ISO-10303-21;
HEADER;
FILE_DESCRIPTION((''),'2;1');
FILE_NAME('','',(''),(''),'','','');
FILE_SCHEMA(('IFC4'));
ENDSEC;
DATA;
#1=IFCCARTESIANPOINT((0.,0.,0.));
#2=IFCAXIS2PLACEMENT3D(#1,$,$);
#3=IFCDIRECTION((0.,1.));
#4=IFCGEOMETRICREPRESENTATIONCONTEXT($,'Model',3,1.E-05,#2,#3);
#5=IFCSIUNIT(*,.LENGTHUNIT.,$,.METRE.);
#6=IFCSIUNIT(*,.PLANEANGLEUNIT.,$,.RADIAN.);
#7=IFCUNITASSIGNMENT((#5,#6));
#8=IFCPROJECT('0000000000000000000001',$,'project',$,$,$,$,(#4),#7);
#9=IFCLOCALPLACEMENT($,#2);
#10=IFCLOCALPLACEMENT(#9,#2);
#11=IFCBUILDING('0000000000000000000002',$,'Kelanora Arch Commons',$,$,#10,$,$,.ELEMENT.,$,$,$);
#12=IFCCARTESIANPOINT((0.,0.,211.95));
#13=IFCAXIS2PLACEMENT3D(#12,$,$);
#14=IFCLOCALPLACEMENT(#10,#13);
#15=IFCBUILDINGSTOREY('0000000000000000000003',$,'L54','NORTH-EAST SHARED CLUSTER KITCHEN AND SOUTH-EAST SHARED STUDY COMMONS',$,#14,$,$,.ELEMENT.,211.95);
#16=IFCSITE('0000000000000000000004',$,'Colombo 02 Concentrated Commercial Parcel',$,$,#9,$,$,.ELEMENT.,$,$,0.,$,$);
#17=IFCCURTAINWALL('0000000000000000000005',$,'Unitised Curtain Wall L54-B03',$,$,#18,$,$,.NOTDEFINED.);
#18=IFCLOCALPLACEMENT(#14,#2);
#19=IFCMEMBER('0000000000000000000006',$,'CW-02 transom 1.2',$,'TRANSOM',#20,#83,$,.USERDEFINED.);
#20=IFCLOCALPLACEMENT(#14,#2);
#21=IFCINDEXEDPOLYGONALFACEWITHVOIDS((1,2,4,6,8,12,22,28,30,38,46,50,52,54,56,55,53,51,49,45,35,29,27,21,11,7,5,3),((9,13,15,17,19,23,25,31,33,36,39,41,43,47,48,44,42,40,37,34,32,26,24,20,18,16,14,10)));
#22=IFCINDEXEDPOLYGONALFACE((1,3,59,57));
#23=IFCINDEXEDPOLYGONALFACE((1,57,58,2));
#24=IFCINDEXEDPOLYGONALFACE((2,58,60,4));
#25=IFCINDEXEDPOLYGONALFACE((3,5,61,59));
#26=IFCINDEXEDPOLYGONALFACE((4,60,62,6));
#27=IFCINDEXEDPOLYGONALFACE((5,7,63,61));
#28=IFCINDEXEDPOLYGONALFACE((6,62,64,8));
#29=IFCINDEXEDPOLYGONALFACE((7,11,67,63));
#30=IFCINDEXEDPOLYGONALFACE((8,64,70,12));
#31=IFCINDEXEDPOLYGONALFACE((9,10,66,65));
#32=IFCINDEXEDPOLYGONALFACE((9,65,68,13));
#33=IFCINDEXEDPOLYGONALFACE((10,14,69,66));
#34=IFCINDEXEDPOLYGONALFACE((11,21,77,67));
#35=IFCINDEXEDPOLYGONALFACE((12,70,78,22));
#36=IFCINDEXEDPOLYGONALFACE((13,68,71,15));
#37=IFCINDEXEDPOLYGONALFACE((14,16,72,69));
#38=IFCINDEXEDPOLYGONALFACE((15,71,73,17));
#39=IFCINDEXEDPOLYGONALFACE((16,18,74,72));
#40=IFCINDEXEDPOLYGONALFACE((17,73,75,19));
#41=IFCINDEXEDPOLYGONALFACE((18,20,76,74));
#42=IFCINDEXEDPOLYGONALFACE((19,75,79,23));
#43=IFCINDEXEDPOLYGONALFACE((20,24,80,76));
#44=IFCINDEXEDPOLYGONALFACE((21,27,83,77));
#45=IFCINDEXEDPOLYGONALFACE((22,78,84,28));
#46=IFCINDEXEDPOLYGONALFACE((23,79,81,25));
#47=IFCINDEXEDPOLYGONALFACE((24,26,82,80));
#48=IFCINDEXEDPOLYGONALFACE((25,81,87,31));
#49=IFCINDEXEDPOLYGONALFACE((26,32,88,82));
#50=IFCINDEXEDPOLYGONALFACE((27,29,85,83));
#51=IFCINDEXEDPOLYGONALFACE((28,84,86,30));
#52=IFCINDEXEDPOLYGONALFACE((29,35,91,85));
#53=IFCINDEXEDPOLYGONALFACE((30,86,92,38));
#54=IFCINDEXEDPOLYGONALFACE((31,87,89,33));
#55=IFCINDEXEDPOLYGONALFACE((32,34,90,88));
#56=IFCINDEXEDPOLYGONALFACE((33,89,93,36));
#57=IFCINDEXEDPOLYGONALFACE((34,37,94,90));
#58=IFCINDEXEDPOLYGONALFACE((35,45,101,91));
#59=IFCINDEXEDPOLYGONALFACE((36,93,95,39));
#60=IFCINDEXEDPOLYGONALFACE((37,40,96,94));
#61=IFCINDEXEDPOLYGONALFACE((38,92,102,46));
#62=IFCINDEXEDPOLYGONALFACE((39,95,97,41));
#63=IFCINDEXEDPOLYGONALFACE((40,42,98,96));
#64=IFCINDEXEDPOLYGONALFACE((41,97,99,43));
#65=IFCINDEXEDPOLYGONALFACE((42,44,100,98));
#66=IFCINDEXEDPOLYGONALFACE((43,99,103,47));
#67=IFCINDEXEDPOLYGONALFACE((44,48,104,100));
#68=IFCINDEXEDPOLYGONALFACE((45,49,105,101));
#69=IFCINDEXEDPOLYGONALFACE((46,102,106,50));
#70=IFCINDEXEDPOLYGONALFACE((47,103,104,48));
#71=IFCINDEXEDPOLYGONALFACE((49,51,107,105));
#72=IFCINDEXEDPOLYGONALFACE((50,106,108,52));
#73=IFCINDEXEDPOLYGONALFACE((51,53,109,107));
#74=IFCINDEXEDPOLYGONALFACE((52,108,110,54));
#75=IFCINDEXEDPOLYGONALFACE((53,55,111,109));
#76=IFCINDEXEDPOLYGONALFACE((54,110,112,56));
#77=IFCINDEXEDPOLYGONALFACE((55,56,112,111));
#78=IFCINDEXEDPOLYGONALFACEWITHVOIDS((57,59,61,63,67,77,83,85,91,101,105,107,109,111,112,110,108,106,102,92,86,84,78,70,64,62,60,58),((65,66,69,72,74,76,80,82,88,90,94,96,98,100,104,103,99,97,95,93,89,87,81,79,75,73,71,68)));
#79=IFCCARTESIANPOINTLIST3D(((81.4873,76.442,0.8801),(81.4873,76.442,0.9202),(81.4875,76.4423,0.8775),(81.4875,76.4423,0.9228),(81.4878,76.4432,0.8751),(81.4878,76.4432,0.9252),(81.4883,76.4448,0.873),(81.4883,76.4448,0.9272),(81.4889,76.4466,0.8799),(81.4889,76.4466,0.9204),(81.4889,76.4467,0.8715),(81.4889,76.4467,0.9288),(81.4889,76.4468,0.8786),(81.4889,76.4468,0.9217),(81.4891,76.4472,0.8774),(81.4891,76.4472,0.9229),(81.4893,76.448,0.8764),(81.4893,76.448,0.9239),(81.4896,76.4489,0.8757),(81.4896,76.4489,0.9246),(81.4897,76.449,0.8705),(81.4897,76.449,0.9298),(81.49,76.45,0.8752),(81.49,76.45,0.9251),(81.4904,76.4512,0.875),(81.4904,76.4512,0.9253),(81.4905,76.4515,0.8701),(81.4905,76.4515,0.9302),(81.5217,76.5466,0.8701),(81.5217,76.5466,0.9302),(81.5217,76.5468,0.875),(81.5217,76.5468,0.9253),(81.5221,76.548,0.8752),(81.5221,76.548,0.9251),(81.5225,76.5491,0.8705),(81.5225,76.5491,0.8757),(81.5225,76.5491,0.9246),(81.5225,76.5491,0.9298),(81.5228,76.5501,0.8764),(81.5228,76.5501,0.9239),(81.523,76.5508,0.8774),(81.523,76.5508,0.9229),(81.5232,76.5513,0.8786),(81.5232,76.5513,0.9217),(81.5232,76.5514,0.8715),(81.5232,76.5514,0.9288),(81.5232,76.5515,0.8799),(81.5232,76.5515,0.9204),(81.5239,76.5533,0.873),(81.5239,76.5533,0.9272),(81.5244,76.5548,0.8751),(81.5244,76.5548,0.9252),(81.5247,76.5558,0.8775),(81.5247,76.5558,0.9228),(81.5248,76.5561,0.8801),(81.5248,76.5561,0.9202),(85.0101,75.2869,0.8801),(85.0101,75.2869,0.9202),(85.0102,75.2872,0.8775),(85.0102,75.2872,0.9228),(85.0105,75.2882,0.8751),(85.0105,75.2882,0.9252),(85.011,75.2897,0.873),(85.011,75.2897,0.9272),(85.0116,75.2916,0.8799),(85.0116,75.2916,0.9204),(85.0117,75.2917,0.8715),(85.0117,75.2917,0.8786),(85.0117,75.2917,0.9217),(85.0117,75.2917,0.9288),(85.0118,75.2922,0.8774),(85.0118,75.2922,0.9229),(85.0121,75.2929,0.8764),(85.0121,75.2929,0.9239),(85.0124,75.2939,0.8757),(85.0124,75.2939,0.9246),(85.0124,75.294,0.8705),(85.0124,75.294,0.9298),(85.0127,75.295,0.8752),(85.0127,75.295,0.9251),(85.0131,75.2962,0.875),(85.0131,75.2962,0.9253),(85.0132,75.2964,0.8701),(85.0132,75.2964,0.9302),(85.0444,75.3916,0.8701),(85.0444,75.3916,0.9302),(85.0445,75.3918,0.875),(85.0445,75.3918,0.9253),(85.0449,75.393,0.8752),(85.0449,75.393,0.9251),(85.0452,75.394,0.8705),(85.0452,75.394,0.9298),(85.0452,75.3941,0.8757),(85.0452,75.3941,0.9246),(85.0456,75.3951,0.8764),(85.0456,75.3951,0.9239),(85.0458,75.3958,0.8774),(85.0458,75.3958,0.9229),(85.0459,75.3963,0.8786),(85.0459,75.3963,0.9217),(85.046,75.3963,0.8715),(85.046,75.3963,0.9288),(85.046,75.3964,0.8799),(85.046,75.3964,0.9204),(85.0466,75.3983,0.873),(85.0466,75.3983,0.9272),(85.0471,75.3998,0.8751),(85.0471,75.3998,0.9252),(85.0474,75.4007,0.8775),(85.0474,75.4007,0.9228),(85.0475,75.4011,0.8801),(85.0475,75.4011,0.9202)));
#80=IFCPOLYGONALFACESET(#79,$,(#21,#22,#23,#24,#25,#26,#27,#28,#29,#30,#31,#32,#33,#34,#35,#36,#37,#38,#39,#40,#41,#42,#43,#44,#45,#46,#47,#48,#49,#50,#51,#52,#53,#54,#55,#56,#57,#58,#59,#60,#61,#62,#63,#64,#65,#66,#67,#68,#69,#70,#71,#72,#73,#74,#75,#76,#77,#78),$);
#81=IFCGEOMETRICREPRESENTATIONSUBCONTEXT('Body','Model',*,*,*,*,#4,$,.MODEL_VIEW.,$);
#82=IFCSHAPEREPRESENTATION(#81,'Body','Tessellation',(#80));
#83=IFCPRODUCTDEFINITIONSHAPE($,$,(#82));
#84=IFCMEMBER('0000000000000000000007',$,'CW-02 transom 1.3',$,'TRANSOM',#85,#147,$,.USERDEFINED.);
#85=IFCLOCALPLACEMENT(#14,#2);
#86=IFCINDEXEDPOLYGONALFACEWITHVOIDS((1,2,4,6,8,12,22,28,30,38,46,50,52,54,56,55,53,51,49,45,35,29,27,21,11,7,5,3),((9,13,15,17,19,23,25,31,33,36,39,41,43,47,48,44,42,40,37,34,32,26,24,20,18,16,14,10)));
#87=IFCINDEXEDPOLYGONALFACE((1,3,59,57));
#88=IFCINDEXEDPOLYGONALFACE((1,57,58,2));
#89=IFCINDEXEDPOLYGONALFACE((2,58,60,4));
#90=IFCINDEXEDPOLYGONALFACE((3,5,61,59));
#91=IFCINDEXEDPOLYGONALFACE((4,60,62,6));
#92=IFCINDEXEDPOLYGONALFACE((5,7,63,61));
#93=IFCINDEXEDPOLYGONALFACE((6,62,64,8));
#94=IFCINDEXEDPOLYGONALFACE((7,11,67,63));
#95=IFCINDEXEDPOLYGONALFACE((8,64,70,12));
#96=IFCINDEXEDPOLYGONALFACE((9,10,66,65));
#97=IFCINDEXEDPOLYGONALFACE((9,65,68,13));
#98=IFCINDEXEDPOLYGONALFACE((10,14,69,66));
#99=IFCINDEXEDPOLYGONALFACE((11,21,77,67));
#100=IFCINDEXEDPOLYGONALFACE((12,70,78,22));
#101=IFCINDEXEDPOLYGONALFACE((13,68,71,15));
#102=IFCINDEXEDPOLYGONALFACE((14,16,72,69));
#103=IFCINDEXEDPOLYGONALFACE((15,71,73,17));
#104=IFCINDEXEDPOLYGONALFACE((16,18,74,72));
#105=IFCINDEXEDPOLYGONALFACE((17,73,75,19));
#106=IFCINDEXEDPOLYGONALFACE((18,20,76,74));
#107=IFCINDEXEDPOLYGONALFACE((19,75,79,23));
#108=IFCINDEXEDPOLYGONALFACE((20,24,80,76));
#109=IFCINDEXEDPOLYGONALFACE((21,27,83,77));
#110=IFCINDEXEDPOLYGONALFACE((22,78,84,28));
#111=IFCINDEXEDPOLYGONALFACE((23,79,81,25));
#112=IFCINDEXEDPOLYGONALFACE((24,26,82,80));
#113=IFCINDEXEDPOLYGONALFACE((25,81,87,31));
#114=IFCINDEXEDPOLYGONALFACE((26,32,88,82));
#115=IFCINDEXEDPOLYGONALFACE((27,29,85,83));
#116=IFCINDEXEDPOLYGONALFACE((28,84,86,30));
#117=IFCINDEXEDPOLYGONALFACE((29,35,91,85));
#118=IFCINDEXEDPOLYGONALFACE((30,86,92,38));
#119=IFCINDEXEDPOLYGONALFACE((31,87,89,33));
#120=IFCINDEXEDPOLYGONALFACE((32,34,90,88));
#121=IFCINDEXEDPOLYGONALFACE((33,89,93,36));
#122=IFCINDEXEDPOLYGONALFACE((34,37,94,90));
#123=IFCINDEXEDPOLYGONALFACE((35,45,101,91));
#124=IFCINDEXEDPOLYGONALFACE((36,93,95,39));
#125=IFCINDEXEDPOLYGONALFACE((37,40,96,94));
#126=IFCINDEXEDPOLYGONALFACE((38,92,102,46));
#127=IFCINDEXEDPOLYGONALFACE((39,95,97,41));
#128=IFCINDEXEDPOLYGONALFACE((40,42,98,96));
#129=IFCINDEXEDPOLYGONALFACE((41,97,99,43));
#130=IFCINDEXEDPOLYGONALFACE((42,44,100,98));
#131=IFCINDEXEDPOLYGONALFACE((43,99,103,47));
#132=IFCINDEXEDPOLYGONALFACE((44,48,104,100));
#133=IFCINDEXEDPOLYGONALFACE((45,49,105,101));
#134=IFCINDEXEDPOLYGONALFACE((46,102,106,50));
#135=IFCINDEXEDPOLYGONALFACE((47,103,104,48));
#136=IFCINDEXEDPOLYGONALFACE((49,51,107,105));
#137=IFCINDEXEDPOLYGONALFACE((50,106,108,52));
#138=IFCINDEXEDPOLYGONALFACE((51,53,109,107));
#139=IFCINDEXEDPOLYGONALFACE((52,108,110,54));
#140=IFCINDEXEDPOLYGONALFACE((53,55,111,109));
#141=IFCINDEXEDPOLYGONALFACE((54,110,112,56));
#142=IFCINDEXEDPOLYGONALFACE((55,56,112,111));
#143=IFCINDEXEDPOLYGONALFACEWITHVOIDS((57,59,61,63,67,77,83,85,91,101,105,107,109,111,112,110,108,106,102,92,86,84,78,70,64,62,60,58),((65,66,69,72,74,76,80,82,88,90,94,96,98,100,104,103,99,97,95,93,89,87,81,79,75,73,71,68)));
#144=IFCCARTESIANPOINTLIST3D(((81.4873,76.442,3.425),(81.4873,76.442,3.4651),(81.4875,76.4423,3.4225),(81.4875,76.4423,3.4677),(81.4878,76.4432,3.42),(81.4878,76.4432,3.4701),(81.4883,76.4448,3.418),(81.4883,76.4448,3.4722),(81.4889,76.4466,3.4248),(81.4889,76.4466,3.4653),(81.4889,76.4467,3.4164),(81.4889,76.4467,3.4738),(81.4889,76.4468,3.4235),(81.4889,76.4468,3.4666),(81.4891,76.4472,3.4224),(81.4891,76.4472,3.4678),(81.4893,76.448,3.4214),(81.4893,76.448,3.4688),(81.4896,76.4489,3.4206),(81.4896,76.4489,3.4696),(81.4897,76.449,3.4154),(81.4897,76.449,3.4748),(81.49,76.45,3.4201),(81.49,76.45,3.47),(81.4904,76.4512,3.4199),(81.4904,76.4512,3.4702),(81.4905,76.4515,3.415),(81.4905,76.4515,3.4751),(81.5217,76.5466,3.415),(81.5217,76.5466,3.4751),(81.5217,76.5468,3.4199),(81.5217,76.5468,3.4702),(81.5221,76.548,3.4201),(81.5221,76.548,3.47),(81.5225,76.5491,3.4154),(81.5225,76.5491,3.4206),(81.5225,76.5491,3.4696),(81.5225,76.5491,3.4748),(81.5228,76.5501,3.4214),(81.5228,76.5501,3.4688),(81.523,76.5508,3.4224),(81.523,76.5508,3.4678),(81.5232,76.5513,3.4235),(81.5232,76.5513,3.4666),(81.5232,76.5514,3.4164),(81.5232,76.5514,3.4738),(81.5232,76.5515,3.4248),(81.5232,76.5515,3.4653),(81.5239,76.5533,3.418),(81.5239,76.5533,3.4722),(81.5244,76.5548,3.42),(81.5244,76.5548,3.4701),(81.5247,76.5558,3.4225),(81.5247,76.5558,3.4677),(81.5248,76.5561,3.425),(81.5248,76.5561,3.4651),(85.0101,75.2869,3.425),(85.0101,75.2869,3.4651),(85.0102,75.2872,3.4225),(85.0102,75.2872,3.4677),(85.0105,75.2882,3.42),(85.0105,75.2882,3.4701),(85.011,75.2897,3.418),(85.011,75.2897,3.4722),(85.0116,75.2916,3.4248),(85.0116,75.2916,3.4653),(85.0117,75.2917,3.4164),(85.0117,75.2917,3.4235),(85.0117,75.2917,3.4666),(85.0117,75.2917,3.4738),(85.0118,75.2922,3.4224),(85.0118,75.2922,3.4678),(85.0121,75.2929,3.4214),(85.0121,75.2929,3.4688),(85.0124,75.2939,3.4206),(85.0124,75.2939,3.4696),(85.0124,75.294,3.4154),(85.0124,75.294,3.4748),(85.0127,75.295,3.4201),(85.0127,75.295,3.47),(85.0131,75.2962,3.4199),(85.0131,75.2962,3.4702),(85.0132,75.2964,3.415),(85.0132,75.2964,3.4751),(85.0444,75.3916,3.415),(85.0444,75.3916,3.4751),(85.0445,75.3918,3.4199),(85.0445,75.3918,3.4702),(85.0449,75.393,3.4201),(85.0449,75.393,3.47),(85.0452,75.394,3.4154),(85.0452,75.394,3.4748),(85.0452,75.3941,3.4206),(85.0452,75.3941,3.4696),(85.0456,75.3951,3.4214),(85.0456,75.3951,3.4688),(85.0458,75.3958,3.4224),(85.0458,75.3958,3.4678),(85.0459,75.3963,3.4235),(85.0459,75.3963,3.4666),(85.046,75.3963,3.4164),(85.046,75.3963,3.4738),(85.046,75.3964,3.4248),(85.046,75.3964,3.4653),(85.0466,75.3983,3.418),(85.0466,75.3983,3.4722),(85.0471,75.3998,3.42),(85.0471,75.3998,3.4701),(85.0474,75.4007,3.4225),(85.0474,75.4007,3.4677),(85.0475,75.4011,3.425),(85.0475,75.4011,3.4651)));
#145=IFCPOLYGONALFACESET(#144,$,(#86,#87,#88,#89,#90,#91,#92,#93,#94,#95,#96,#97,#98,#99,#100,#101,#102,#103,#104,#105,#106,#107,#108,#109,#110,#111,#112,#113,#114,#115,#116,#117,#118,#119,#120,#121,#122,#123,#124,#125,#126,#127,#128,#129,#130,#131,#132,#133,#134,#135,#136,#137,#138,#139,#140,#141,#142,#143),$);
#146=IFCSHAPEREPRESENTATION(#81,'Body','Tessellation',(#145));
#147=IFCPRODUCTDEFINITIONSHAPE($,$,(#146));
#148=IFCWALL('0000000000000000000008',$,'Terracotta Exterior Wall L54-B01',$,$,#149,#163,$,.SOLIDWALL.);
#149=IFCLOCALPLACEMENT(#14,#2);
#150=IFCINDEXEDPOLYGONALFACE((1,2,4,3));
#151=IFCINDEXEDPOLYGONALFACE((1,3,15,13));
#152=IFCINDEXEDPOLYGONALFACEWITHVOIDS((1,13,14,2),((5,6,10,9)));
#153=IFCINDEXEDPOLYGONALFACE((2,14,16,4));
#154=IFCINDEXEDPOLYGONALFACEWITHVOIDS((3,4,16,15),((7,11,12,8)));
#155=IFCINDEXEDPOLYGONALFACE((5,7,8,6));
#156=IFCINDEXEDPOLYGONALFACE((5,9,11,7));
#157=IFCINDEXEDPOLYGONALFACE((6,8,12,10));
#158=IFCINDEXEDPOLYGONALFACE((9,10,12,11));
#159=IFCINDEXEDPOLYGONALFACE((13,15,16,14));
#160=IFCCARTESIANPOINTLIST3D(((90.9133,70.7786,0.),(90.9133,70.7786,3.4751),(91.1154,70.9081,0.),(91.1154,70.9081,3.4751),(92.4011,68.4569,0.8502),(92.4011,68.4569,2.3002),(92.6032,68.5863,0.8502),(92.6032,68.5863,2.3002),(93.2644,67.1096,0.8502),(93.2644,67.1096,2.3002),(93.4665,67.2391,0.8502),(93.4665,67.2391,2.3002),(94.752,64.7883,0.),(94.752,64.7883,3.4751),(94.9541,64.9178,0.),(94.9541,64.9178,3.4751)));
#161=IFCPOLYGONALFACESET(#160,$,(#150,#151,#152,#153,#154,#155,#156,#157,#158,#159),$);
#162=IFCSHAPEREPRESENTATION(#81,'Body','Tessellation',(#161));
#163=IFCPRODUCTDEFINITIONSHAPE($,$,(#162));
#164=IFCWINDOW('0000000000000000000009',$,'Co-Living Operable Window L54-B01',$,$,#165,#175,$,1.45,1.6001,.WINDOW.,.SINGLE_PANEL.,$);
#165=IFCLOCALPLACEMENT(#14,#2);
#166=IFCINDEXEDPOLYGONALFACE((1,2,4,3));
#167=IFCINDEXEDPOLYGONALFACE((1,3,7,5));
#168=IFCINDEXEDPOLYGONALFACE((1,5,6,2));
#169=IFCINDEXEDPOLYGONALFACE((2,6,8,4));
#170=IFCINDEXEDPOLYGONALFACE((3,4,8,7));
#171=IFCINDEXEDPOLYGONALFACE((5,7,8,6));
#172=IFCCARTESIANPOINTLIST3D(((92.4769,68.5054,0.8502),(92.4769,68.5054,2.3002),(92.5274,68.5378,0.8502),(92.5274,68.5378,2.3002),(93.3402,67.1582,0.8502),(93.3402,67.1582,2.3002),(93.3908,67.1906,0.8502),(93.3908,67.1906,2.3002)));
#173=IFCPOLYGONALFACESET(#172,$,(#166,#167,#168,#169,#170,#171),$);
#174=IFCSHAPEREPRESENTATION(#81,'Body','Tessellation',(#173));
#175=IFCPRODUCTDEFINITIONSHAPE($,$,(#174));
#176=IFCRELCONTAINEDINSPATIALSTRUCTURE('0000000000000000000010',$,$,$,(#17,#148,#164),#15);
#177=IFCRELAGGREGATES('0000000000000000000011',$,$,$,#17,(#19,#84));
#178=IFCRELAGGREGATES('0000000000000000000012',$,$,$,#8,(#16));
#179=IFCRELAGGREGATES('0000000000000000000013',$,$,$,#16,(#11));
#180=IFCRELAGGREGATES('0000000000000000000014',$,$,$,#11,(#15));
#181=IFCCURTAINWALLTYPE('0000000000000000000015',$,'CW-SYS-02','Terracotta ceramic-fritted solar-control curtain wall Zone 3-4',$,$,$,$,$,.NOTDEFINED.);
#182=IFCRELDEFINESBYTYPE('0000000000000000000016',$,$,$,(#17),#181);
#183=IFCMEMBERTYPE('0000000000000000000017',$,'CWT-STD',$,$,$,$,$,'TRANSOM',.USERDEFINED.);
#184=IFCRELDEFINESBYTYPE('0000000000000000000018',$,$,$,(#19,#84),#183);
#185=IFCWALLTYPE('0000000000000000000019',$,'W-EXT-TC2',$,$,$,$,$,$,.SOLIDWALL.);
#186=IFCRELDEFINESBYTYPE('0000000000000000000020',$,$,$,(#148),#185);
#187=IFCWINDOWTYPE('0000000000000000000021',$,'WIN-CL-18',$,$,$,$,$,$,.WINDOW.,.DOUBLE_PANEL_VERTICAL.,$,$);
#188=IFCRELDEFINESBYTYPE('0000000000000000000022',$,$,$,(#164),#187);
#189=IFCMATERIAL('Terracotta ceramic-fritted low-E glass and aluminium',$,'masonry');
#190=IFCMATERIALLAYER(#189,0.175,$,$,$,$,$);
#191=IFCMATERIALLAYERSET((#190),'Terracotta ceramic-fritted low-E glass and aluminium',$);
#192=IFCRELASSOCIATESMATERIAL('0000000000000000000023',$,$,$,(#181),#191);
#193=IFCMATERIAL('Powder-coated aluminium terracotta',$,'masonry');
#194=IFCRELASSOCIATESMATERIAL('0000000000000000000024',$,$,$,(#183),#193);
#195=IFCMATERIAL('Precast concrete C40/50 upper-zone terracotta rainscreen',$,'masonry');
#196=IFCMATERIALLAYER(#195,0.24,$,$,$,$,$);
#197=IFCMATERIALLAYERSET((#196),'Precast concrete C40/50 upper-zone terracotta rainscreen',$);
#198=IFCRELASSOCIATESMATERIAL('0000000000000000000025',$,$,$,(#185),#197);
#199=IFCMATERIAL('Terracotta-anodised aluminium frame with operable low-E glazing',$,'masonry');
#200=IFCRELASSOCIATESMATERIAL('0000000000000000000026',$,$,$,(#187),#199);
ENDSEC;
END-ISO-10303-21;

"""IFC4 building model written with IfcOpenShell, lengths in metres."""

from ifc_helpers import new_model, si_unit, direction, frame, frame_2d, origin, origin_2d, place, context, subcontext, project, spatial, rectangle, hollow_rectangle, extrude, material, layer, layer_set, material_profile, profile_set, type_object, element, fill, aggregate, save


model = new_model("IFC4")

# Units and contexts
model_context = context("Model", 3, precision=1e-05, world=origin(), true_north=direction((0.0, 1.0)))
body_context = subcontext(model_context, "Body", "Model", "MODEL_VIEW")
ifc_project = project(units=[si_unit("LENGTHUNIT", "METRE"), si_unit("PLANEANGLEUNIT", "RADIAN")], contexts=[model_context])

# Site, building, storey
site_placement = place(None, origin())
site = spatial("IfcSite", under=ifc_project, at=site_placement, Name="Colombo 02 Concentrated Commercial Parcel", CompositionType="ELEMENT", RefElevation=0.0)
building_placement = place(site_placement, origin())
building = spatial("IfcBuilding", under=site, at=building_placement, Name="Kelanora Arch Commons", CompositionType="ELEMENT")
storey_placement = place(building_placement, frame((0.0, 0.0, 211.95)))
storey = spatial("IfcBuildingStorey", under=building, at=storey_placement, Name="L54", Description="NORTH-EAST SHARED CLUSTER KITCHEN AND SOUTH-EAST SHARED STUDY COMMONS", CompositionType="ELEMENT", Elevation=211.95)

# Shared definitions
ifc_material_1 = material(Name="Terracotta ceramic-fritted low-E glass and aluminium", Category="masonry")
ifc_layer_1 = layer(ifc_material_1, 0.175)
ifc_layer_set_1 = layer_set([ifc_layer_1], Name="Terracotta ceramic-fritted low-E glass and aluminium")
curtain_wall_type = type_object("IfcCurtainWallType", Name="CW-SYS-02", Description="Terracotta ceramic-fritted solar-control curtain wall Zone 3-4", PredefinedType="NOTDEFINED", material=ifc_layer_set_1)
ifc_material_2 = material(Name="Powder-coated aluminium terracotta", Category="masonry")

# Curtain wall, members
curtain_wall_1_placement = place(storey_placement, origin())
curtain_wall_1 = element("IfcCurtainWall", 1, at=curtain_wall_1_placement, inside=storey, type_object=curtain_wall_type, Name="Unitised Curtain Wall L54-B03", PredefinedType="NOTDEFINED")
ifc_material_profile_1 = material_profile(ifc_material_2, hollow_rectangle(XDim=0.1201, YDim=0.0601, WallThickness=0.0049, InnerFilletRadius=0.0049, OuterFilletRadius=0.01, at=origin_2d()), Name="CWT120x60")
ifc_profile_set_1 = profile_set([ifc_material_profile_1], Name="Powder-coated aluminium terracotta")
member_type_1 = type_object("IfcMemberType", Name="CWT-STD", ElementType="TRANSOM", PredefinedType="USERDEFINED", material=ifc_profile_set_1)
member_1_placement = place(storey_placement, frame((85.0288, 75.344, 0.9001), z_axis=(-0.950226, 0.311561, 0.0), x_axis=(-0.311561, -0.950226, 0.0)))
member_1 = element("IfcMember", 2, at=member_1_placement, type_object=member_type_1, Name="CW-02 transom 1.2", ObjectType="TRANSOM", PredefinedType="USERDEFINED", context=body_context, shape_type="SweptSolid", body=[
    extrude(hollow_rectangle(XDim=0.1201, YDim=0.0601, WallThickness=0.0049, InnerFilletRadius=0.0049, OuterFilletRadius=0.01, at=origin_2d()), origin(), (0.0, 0.0, 1.0), 3.7073),
])
member_2_placement = place(storey_placement, frame((85.0288, 75.344, 3.4451), z_axis=(-0.950226, 0.311561, 0.0), x_axis=(-0.311561, -0.950226, 0.0)))
member_2 = element("IfcMember", 3, at=member_2_placement, type_object=member_type_1, Name="CW-02 transom 1.3", ObjectType="TRANSOM", PredefinedType="USERDEFINED", context=body_context, shape_type="SweptSolid", body=[
    extrude(hollow_rectangle(XDim=0.1201, YDim=0.0601, WallThickness=0.0049, InnerFilletRadius=0.0049, OuterFilletRadius=0.01, at=origin_2d()), origin(), (0.0, 0.0, 1.0), 3.7073),
])
aggregate(curtain_wall_1, [member_1, member_2])

# Wall, opening, window
ifc_material_3 = material(Name="Precast concrete C40/50 upper-zone terracotta rainscreen", Category="masonry")
ifc_layer_2 = layer(ifc_material_3, 0.24)
ifc_layer_set_2 = layer_set([ifc_layer_2], Name="Precast concrete C40/50 upper-zone terracotta rainscreen")
wall_type_1 = type_object("IfcWallType", Name="W-EXT-TC2", PredefinedType="SOLIDWALL", material=ifc_layer_set_2)
wall_1_placement = place(storey_placement, frame((94.853, 64.853, 0.0), z_axis=(0.0, 0.0, 1.0), x_axis=(-0.53954, 0.84196, 0.0)))
wall_1 = element("IfcWall", 4, at=wall_1_placement, inside=storey, type_object=wall_type_1, Name="Terracotta Exterior Wall L54-B01", PredefinedType="SOLIDWALL", context=body_context, shape_type="SweptSolid", body=[
    extrude(rectangle(XDim=7.1147, YDim=0.24, at=frame_2d((3.5574, 0.0))), origin(), (0.0, 0.0, 1.0), 3.4751),
])
opening_1_placement = place(wall_1_placement, frame((2.7571, 0.0, 0.8501)))
opening_1 = element("IfcOpeningElement", 5, at=opening_1_placement, cuts=wall_1, PredefinedType="OPENING", context=body_context, shape_type="SweptSolid", body=[
    extrude(rectangle(XDim=1.6001, YDim=1.45, at=frame_2d((0.8, 0.7251))), frame((0.0, 0.1299, 0.0), z_axis=(0.0, -1.0, 0.0), x_axis=(1.0, 0.0, 0.0)), (0.0, 0.0, 1.0), 0.26),
])
ifc_material_4 = material(Name="Terracotta-anodised aluminium frame with operable low-E glazing", Category="masonry")
window_type_1 = type_object("IfcWindowType", Name="WIN-CL-18", PartitioningType="DOUBLE_PANEL_VERTICAL", PredefinedType="WINDOW", material=ifc_material_4)
window_1_placement = place(opening_1_placement, origin())
window_1 = element("IfcWindow", 6, at=window_1_placement, inside=storey, type_object=window_type_1, Name="Co-Living Operable Window L54-B01", OverallHeight=1.45, OverallWidth=1.6001, PartitioningType="SINGLE_PANEL", PredefinedType="WINDOW", context=body_context, shape_type="SweptSolid", body=[
    extrude(rectangle(XDim=1.6001, YDim=1.45, at=frame_2d((0.8, 0.7251))), frame((0.0, 0.03, 0.0), z_axis=(0.0, -1.0, 0.0), x_axis=(1.0, 0.0, 0.0)), (0.0, 0.0, 1.0), 0.0601),
])
fill(opening_1, window_1)

save(model, "model.ifc")
